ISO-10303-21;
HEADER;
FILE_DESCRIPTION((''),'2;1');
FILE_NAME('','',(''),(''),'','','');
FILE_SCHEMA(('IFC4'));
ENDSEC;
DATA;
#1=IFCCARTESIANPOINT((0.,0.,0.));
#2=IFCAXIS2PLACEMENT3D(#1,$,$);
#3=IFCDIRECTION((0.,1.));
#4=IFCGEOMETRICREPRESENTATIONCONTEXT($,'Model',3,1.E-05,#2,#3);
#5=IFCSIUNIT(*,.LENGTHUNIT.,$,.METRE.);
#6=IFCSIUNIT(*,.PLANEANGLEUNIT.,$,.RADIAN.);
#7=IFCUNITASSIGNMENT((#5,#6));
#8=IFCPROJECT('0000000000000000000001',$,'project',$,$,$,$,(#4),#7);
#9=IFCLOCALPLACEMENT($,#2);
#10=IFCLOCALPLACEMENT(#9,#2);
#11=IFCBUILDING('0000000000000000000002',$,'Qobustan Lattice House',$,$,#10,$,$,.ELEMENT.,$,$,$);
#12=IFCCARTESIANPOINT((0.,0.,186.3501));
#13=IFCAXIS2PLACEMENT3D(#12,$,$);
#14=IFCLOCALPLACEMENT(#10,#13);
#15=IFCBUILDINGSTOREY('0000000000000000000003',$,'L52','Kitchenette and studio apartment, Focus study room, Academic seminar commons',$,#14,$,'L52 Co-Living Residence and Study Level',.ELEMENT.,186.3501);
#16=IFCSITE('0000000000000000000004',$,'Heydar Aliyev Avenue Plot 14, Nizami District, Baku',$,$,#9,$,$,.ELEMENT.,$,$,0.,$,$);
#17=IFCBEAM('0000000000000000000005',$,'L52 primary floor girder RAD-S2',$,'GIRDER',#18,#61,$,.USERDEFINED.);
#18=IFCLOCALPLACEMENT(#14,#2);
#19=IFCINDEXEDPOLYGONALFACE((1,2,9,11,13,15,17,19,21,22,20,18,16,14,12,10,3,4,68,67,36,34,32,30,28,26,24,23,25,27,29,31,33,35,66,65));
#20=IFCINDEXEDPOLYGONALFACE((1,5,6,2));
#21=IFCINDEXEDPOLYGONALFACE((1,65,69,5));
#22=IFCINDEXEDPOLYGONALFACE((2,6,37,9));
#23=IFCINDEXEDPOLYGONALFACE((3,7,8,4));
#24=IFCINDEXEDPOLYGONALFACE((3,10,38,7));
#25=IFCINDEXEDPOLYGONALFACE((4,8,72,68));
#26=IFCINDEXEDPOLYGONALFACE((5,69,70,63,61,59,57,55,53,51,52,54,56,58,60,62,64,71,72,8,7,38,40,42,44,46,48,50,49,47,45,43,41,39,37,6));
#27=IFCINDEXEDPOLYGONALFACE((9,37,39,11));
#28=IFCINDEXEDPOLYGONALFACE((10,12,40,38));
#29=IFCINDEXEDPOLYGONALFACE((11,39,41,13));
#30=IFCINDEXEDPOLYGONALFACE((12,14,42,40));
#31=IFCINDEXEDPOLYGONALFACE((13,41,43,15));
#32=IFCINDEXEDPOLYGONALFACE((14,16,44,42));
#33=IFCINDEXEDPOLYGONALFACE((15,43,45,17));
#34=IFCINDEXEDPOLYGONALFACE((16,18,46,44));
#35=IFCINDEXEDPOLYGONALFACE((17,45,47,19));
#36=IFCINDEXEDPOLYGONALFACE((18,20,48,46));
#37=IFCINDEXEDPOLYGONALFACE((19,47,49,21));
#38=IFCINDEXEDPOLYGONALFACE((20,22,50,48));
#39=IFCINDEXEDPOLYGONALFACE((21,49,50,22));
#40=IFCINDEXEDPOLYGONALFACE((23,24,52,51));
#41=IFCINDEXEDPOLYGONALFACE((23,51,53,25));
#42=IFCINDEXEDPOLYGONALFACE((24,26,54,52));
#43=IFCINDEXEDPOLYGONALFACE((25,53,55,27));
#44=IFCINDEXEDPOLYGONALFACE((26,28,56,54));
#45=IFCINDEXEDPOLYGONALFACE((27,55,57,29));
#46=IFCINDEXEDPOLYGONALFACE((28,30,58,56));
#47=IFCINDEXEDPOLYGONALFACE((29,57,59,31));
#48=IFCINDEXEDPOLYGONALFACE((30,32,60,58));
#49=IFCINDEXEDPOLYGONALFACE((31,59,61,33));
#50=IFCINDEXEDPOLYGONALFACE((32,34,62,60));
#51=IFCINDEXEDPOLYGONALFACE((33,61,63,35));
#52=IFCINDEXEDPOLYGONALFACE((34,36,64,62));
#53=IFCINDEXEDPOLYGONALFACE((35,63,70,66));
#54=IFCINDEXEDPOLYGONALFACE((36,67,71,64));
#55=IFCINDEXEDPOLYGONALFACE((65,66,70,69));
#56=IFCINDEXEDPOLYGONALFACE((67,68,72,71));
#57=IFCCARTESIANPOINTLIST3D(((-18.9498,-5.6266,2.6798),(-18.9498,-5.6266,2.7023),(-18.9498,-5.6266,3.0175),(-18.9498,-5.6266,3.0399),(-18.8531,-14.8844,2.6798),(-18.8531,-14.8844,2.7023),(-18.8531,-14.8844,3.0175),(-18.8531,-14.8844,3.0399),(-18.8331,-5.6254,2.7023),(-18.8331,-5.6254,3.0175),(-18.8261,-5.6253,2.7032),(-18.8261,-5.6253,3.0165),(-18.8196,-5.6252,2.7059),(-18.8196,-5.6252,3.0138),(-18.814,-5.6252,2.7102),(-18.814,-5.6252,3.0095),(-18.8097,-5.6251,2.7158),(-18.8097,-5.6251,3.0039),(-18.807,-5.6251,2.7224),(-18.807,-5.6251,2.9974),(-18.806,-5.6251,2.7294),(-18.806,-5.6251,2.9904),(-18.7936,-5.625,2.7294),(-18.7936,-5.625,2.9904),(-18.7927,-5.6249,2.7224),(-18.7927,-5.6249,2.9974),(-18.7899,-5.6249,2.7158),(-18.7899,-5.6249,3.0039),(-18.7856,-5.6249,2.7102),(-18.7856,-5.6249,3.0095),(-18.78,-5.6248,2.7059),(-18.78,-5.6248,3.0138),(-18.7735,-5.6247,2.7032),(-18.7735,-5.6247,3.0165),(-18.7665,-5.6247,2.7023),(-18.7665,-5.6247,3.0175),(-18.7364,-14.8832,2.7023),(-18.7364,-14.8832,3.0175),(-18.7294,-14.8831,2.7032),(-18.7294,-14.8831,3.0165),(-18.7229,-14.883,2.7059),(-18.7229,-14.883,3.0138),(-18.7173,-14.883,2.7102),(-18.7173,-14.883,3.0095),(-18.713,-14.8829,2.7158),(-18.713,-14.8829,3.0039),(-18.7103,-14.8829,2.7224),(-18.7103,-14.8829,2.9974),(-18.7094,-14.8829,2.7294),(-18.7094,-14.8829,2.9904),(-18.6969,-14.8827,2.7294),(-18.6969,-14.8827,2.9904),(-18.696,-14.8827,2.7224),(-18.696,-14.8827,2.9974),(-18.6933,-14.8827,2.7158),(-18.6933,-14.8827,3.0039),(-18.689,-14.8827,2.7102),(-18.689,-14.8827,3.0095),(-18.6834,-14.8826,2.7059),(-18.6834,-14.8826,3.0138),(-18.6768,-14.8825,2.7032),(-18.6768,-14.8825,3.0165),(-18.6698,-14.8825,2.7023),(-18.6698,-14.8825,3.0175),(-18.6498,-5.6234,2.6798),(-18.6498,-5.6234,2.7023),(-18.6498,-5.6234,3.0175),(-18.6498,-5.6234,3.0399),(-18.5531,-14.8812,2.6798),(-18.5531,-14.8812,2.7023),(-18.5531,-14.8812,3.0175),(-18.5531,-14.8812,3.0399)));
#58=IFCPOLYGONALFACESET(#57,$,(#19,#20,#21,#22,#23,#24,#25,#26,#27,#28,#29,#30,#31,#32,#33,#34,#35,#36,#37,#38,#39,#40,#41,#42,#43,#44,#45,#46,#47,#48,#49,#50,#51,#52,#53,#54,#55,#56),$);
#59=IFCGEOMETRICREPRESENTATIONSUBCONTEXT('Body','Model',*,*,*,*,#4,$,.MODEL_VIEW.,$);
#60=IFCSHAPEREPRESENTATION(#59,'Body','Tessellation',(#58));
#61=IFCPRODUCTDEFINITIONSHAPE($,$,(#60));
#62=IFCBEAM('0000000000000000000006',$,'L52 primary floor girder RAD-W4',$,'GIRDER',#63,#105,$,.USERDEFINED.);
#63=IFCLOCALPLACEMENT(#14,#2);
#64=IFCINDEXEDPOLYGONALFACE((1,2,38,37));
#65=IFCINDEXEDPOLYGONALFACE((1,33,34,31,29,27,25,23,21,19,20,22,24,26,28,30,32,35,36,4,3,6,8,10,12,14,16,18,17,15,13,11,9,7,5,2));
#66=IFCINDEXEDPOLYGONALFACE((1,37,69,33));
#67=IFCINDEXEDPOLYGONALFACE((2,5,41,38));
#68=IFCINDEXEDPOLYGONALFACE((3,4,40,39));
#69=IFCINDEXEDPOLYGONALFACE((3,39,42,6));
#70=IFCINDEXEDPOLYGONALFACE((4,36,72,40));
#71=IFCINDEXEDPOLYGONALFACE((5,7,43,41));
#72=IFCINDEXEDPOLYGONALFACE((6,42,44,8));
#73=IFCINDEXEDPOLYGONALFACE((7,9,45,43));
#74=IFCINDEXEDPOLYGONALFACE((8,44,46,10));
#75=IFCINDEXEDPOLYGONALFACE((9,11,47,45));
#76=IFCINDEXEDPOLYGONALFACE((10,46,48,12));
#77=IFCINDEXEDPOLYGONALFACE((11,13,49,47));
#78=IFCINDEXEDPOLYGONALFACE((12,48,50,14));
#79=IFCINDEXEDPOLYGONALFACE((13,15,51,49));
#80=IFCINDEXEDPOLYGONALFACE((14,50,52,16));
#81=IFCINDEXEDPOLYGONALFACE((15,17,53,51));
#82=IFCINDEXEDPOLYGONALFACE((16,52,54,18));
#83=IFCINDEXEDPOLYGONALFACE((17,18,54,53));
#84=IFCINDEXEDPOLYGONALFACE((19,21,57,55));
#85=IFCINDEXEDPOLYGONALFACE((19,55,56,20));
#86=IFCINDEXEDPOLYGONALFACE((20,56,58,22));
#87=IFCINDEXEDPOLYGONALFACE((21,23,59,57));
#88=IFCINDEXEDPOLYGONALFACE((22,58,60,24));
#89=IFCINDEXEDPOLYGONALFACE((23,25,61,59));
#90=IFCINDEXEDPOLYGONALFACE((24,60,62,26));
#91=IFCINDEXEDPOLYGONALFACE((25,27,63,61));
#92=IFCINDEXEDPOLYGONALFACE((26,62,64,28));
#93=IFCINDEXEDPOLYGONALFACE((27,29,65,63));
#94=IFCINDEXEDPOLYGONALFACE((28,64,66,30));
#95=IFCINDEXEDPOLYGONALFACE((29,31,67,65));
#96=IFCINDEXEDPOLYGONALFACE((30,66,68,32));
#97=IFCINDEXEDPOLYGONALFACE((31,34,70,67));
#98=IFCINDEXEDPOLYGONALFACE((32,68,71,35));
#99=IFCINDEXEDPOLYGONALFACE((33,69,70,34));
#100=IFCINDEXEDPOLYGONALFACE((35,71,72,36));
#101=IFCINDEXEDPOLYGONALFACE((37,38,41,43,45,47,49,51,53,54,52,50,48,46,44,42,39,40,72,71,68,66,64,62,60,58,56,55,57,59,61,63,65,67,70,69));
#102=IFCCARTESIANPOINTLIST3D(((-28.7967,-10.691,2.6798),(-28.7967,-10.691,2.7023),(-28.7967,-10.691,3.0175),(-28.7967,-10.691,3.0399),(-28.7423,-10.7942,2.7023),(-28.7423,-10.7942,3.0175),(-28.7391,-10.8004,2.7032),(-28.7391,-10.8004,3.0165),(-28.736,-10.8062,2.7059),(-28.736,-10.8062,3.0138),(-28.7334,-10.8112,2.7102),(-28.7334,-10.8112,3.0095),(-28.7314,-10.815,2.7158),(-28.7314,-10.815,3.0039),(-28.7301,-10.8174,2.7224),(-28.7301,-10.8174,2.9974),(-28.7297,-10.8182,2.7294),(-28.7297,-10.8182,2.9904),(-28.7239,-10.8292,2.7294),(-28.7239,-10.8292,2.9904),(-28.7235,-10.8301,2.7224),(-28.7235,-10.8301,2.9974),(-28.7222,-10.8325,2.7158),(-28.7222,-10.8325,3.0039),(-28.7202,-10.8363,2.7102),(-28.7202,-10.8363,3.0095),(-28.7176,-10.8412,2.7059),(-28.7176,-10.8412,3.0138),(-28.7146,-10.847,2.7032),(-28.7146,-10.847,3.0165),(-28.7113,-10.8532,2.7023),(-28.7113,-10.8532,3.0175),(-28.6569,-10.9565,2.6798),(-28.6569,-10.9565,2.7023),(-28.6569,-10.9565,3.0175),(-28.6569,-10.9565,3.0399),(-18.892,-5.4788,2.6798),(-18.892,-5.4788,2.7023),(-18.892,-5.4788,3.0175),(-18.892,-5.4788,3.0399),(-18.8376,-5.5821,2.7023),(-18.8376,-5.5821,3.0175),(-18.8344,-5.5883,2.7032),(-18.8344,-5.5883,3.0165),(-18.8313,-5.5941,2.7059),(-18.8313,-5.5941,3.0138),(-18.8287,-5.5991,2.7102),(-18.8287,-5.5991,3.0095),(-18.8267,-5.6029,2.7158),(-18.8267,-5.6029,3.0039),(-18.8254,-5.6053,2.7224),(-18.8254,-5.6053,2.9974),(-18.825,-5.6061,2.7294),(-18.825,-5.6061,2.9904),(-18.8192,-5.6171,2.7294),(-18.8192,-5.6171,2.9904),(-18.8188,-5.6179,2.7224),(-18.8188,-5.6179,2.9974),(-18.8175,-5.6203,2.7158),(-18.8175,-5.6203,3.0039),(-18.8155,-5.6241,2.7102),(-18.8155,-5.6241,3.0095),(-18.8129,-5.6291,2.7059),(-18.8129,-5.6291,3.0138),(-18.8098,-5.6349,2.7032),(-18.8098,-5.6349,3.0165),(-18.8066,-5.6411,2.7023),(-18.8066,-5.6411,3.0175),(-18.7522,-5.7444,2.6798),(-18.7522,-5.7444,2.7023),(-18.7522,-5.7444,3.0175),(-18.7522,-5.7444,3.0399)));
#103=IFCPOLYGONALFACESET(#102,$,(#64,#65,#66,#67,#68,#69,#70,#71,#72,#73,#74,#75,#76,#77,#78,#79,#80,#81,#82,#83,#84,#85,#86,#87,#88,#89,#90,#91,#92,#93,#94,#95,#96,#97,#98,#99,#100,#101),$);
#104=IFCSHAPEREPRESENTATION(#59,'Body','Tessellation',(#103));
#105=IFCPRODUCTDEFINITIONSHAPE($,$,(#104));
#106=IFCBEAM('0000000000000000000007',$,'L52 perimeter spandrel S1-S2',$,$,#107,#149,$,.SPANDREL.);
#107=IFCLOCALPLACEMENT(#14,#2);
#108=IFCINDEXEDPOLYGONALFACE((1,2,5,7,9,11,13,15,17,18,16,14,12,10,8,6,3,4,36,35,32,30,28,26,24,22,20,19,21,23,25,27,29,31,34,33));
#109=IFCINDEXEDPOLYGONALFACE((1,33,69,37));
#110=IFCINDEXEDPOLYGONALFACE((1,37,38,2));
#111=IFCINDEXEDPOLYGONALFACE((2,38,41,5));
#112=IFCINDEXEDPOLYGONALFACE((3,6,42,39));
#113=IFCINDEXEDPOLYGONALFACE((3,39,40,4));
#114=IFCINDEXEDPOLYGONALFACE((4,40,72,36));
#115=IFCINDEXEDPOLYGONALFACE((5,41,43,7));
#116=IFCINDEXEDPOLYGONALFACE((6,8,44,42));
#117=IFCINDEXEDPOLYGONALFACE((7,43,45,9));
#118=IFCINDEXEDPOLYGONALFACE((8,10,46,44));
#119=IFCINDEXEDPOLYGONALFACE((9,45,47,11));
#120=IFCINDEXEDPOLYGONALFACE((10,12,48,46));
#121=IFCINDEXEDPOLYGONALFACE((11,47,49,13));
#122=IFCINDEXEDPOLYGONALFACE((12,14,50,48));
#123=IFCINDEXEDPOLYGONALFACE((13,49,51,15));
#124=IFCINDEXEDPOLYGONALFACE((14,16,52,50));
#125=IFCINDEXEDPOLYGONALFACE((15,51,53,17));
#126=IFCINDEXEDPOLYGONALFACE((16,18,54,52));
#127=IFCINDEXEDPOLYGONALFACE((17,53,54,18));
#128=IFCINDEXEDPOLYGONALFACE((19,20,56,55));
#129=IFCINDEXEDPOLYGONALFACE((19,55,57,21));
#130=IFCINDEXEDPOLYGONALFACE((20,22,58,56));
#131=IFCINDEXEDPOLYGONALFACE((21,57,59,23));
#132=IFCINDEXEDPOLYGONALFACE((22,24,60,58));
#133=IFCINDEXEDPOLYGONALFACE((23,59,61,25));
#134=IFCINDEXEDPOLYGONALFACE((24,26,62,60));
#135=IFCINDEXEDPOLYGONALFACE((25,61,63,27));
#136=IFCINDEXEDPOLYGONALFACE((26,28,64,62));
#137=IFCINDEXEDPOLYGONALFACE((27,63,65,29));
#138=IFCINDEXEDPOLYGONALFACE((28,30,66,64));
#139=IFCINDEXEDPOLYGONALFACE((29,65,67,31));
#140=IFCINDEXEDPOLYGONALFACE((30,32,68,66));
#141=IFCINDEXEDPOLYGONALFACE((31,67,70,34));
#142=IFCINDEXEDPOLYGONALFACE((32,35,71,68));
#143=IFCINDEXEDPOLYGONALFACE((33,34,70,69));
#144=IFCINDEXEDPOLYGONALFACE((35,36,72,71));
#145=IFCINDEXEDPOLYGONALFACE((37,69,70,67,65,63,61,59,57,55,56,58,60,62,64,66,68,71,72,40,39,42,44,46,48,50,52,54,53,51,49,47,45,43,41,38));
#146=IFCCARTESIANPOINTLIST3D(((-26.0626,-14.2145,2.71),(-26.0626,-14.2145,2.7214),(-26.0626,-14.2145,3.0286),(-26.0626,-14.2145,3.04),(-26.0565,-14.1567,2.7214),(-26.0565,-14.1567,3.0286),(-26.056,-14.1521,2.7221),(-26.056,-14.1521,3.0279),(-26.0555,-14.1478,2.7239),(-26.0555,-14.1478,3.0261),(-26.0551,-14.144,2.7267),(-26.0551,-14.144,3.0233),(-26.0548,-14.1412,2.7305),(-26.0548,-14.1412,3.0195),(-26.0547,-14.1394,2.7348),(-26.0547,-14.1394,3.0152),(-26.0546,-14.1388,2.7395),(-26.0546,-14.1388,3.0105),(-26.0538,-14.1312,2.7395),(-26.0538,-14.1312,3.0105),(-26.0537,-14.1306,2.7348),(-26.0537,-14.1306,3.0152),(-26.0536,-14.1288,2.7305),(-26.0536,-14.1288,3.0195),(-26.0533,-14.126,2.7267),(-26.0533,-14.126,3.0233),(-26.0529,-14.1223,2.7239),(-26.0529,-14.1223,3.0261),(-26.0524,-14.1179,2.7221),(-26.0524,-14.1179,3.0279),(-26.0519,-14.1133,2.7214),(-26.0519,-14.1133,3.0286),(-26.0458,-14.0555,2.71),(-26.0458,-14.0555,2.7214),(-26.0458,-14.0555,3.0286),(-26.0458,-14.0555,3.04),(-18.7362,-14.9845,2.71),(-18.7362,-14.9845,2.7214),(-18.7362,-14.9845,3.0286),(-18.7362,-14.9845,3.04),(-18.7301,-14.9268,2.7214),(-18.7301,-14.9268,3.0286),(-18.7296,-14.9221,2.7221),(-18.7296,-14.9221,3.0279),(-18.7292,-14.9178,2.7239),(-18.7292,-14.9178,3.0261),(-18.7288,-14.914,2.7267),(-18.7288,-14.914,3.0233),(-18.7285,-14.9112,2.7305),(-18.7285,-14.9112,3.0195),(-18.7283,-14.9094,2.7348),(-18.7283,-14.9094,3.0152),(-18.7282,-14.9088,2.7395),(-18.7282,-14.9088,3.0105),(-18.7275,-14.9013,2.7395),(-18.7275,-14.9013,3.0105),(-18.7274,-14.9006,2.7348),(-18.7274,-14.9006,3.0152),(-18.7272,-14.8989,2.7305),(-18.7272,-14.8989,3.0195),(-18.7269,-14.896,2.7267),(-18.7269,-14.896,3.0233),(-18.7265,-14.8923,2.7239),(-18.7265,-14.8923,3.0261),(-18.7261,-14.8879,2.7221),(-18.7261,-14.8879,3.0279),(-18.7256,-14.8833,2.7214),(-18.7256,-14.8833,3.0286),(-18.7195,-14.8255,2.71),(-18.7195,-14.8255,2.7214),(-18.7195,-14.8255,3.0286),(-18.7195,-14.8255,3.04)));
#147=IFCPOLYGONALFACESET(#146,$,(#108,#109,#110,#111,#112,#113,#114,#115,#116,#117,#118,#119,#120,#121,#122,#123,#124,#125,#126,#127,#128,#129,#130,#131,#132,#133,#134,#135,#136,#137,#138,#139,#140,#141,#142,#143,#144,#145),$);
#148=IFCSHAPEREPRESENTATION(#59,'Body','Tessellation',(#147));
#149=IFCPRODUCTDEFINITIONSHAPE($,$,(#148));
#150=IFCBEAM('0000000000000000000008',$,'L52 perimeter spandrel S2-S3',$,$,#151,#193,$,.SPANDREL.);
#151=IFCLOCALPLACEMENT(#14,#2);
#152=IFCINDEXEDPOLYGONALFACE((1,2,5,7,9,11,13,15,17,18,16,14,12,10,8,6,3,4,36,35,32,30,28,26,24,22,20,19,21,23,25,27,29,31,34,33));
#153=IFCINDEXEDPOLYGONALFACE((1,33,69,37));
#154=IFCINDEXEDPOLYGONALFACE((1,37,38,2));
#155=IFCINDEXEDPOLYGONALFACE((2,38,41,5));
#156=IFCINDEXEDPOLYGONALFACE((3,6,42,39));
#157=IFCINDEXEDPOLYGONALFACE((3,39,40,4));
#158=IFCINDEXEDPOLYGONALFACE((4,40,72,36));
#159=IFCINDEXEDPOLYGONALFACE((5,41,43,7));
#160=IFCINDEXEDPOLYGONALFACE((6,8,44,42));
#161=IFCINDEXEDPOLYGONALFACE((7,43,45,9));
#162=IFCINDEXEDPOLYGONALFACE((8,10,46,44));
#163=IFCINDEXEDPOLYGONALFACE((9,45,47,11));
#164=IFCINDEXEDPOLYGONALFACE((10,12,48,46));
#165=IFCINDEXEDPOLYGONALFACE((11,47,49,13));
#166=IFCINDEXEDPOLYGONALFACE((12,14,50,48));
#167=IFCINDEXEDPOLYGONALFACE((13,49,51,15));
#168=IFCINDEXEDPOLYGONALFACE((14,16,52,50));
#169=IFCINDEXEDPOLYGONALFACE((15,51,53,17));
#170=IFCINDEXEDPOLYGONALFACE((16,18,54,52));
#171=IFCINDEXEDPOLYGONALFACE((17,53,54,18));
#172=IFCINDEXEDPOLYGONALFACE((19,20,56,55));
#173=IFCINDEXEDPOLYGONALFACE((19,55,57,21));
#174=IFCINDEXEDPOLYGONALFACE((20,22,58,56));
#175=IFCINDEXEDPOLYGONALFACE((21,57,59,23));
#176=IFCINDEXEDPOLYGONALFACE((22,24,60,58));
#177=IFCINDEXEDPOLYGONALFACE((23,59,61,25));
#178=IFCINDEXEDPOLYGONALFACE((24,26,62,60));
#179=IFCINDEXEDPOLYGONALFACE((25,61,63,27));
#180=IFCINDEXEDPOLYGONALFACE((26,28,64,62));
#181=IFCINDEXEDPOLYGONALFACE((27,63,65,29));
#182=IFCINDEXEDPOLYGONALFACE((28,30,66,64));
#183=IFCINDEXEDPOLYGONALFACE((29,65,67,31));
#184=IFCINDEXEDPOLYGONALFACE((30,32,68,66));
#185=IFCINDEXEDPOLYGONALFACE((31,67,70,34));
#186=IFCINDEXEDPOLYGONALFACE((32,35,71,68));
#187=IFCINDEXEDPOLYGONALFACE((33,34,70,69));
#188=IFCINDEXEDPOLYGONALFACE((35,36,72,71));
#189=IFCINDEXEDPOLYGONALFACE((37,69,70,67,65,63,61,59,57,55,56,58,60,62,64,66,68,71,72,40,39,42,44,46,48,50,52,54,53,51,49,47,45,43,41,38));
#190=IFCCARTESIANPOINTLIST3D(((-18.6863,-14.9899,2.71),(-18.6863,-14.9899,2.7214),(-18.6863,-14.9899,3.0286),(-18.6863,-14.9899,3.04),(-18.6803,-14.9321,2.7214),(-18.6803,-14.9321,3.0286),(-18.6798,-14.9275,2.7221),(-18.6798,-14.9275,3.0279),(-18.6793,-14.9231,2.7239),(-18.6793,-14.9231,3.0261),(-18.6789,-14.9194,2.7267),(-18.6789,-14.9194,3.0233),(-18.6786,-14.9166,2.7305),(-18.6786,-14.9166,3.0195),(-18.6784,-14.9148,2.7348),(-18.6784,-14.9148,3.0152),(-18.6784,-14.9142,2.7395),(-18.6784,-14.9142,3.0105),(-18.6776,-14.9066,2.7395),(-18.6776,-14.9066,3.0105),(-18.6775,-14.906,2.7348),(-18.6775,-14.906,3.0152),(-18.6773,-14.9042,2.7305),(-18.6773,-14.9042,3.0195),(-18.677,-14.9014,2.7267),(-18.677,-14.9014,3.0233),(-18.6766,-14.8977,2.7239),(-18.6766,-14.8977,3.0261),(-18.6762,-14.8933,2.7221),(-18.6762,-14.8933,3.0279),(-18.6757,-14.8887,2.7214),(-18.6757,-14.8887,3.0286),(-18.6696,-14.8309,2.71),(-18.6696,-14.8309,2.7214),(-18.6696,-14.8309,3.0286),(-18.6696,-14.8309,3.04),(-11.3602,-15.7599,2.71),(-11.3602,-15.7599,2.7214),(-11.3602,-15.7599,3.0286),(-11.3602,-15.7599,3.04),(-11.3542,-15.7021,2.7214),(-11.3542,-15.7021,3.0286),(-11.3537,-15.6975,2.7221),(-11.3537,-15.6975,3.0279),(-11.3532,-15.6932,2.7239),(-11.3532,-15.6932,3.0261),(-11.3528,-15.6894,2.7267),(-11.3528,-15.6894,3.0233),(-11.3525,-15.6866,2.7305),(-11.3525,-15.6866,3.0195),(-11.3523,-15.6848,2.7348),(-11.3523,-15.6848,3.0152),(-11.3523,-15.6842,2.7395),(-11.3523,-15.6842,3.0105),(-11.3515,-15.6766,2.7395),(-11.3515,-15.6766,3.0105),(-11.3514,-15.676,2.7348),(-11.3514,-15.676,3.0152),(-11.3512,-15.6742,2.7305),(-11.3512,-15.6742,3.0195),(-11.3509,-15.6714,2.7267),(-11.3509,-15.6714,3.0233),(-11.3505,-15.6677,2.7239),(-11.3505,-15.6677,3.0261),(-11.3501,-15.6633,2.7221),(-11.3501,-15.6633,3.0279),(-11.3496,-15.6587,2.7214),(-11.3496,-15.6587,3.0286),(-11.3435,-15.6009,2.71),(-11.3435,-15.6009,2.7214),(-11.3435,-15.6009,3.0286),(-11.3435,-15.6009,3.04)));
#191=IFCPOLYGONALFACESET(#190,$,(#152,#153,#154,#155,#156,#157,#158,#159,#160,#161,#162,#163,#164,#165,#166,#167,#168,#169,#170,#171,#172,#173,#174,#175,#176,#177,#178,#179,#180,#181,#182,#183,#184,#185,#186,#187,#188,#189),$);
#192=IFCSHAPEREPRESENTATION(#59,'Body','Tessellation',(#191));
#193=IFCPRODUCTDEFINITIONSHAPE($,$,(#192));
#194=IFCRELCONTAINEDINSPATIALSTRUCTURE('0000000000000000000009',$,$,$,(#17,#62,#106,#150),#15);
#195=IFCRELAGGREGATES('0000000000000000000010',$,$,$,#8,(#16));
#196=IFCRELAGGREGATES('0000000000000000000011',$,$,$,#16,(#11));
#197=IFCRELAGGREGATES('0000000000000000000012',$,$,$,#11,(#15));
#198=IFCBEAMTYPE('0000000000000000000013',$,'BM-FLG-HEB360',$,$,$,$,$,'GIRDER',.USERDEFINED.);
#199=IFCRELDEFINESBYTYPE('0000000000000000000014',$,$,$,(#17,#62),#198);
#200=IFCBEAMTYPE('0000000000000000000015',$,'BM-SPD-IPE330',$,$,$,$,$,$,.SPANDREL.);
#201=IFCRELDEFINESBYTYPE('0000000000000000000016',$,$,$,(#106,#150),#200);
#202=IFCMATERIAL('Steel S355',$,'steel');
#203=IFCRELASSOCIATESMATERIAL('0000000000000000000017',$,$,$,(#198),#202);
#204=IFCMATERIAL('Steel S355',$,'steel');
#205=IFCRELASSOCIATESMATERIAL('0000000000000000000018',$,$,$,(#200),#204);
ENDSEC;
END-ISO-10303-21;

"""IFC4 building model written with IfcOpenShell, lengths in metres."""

from ifc_helpers import new_model, si_unit, direction, frame, origin, origin_2d, place, context, subcontext, project, spatial, i_section, extrude, material, material_profile, profile_set, type_object, element, save


model = new_model("IFC4")

# Units and contexts
model_context = context("Model", 3, precision=1e-05, world=origin(), true_north=direction((0.0, 1.0)))
body_context = subcontext(model_context, "Body", "Model", "MODEL_VIEW")
ifc_project = project(units=[si_unit("LENGTHUNIT", "METRE"), si_unit("PLANEANGLEUNIT", "RADIAN")], contexts=[model_context])

# Site, building, storey
site_placement = place(None, origin())
site = spatial("IfcSite", under=ifc_project, at=site_placement, Name="Heydar Aliyev Avenue Plot 14, Nizami District, Baku", CompositionType="ELEMENT", RefElevation=0.0)
building_placement = place(site_placement, origin())
building = spatial("IfcBuilding", under=site, at=building_placement, Name="Qobustan Lattice House", CompositionType="ELEMENT")
storey_placement = place(building_placement, frame((0.0, 0.0, 186.3501)))
storey = spatial("IfcBuildingStorey", under=building, at=storey_placement, Name="L52", Description="Kitchenette and studio apartment, Focus study room, Academic seminar commons", LongName="L52 Co-Living Residence and Study Level", CompositionType="ELEMENT", Elevation=186.3501)

# Beams
ifc_material_1 = material(Name="Steel S355", Category="steel")
ifc_material_profile_1 = material_profile(ifc_material_1, i_section(OverallWidth=0.3, OverallDepth=0.3601, WebThickness=0.0125, FlangeThickness=0.0225, FilletRadius=0.0271, at=origin_2d()), Name="HEB360")
ifc_profile_set_1 = profile_set([ifc_material_profile_1], Name="Steel S355")
beam_type_1 = type_object("IfcBeamType", Name="BM-FLG-HEB360", ElementType="GIRDER", PredefinedType="USERDEFINED", material=ifc_profile_set_1)
beam_1_placement = place(storey_placement, frame((-18.7031, -14.8828, 2.8599), z_axis=(-0.010442, 0.999945, 0.0), x_axis=(-0.999945, -0.010442, 0.0)))
element("IfcBeam", 1, at=beam_1_placement, inside=storey, type_object=beam_type_1, Name="L52 primary floor girder RAD-S2", ObjectType="GIRDER", PredefinedType="USERDEFINED", context=body_context, shape_type="SweptSolid", body=[
    extrude(i_section(OverallWidth=0.3, OverallDepth=0.3601, WebThickness=0.0125, FlangeThickness=0.0225, FilletRadius=0.0271, at=origin_2d()), origin(), (0.0, 0.0, 1.0), 9.2583),
])
beam_2_placement = place(storey_placement, frame((-28.7268, -10.8237, 2.8599), z_axis=(0.884951, 0.465684, 0.0), x_axis=(-0.465684, 0.884951, 0.0)))
element("IfcBeam", 2, at=beam_2_placement, inside=storey, type_object=beam_type_1, Name="L52 primary floor girder RAD-W4", ObjectType="GIRDER", PredefinedType="USERDEFINED", context=body_context, shape_type="SweptSolid", body=[
    extrude(i_section(OverallWidth=0.3, OverallDepth=0.3601, WebThickness=0.0125, FlangeThickness=0.0225, FilletRadius=0.0271, at=origin_2d()), origin(), (0.0, 0.0, 1.0), 11.1924),
])
ifc_material_2 = material(Name="Steel S355", Category="steel")
ifc_material_profile_2 = material_profile(ifc_material_2, i_section(OverallWidth=0.1599, OverallDepth=0.3301, WebThickness=0.0076, FlangeThickness=0.0115, FilletRadius=0.0181, at=origin_2d()), Name="IPE330")
ifc_profile_set_2 = profile_set([ifc_material_profile_2], Name="Steel S355")
beam_type_2 = type_object("IfcBeamType", Name="BM-SPD-IPE330", PredefinedType="SPANDREL", material=ifc_profile_set_2)
beam_3_placement = place(storey_placement, frame((-26.0542, -14.135, 2.875), z_axis=(0.994522, -0.104526, 0.0), x_axis=(0.104526, 0.994522, 0.0)))
element("IfcBeam", 3, at=beam_3_placement, inside=storey, type_object=beam_type_2, Name="L52 perimeter spandrel S1-S2", PredefinedType="SPANDREL", context=body_context, shape_type="SweptSolid", body=[
    extrude(i_section(OverallWidth=0.1599, OverallDepth=0.3301, WebThickness=0.0076, FlangeThickness=0.0115, FilletRadius=0.0181, at=origin_2d()), origin(), (0.0, 0.0, 1.0), 7.3667),
])
beam_4_placement = place(storey_placement, frame((-18.678, -14.9104, 2.875), z_axis=(0.994522, -0.10453, 0.0), x_axis=(0.10453, 0.994522, 0.0)))
element("IfcBeam", 4, at=beam_4_placement, inside=storey, type_object=beam_type_2, Name="L52 perimeter spandrel S2-S3", PredefinedType="SPANDREL", context=body_context, shape_type="SweptSolid", body=[
    extrude(i_section(OverallWidth=0.1599, OverallDepth=0.3301, WebThickness=0.0076, FlangeThickness=0.0115, FilletRadius=0.0181, at=origin_2d()), origin(), (0.0, 0.0, 1.0), 7.3665),
])

save(model, "model.ifc")
